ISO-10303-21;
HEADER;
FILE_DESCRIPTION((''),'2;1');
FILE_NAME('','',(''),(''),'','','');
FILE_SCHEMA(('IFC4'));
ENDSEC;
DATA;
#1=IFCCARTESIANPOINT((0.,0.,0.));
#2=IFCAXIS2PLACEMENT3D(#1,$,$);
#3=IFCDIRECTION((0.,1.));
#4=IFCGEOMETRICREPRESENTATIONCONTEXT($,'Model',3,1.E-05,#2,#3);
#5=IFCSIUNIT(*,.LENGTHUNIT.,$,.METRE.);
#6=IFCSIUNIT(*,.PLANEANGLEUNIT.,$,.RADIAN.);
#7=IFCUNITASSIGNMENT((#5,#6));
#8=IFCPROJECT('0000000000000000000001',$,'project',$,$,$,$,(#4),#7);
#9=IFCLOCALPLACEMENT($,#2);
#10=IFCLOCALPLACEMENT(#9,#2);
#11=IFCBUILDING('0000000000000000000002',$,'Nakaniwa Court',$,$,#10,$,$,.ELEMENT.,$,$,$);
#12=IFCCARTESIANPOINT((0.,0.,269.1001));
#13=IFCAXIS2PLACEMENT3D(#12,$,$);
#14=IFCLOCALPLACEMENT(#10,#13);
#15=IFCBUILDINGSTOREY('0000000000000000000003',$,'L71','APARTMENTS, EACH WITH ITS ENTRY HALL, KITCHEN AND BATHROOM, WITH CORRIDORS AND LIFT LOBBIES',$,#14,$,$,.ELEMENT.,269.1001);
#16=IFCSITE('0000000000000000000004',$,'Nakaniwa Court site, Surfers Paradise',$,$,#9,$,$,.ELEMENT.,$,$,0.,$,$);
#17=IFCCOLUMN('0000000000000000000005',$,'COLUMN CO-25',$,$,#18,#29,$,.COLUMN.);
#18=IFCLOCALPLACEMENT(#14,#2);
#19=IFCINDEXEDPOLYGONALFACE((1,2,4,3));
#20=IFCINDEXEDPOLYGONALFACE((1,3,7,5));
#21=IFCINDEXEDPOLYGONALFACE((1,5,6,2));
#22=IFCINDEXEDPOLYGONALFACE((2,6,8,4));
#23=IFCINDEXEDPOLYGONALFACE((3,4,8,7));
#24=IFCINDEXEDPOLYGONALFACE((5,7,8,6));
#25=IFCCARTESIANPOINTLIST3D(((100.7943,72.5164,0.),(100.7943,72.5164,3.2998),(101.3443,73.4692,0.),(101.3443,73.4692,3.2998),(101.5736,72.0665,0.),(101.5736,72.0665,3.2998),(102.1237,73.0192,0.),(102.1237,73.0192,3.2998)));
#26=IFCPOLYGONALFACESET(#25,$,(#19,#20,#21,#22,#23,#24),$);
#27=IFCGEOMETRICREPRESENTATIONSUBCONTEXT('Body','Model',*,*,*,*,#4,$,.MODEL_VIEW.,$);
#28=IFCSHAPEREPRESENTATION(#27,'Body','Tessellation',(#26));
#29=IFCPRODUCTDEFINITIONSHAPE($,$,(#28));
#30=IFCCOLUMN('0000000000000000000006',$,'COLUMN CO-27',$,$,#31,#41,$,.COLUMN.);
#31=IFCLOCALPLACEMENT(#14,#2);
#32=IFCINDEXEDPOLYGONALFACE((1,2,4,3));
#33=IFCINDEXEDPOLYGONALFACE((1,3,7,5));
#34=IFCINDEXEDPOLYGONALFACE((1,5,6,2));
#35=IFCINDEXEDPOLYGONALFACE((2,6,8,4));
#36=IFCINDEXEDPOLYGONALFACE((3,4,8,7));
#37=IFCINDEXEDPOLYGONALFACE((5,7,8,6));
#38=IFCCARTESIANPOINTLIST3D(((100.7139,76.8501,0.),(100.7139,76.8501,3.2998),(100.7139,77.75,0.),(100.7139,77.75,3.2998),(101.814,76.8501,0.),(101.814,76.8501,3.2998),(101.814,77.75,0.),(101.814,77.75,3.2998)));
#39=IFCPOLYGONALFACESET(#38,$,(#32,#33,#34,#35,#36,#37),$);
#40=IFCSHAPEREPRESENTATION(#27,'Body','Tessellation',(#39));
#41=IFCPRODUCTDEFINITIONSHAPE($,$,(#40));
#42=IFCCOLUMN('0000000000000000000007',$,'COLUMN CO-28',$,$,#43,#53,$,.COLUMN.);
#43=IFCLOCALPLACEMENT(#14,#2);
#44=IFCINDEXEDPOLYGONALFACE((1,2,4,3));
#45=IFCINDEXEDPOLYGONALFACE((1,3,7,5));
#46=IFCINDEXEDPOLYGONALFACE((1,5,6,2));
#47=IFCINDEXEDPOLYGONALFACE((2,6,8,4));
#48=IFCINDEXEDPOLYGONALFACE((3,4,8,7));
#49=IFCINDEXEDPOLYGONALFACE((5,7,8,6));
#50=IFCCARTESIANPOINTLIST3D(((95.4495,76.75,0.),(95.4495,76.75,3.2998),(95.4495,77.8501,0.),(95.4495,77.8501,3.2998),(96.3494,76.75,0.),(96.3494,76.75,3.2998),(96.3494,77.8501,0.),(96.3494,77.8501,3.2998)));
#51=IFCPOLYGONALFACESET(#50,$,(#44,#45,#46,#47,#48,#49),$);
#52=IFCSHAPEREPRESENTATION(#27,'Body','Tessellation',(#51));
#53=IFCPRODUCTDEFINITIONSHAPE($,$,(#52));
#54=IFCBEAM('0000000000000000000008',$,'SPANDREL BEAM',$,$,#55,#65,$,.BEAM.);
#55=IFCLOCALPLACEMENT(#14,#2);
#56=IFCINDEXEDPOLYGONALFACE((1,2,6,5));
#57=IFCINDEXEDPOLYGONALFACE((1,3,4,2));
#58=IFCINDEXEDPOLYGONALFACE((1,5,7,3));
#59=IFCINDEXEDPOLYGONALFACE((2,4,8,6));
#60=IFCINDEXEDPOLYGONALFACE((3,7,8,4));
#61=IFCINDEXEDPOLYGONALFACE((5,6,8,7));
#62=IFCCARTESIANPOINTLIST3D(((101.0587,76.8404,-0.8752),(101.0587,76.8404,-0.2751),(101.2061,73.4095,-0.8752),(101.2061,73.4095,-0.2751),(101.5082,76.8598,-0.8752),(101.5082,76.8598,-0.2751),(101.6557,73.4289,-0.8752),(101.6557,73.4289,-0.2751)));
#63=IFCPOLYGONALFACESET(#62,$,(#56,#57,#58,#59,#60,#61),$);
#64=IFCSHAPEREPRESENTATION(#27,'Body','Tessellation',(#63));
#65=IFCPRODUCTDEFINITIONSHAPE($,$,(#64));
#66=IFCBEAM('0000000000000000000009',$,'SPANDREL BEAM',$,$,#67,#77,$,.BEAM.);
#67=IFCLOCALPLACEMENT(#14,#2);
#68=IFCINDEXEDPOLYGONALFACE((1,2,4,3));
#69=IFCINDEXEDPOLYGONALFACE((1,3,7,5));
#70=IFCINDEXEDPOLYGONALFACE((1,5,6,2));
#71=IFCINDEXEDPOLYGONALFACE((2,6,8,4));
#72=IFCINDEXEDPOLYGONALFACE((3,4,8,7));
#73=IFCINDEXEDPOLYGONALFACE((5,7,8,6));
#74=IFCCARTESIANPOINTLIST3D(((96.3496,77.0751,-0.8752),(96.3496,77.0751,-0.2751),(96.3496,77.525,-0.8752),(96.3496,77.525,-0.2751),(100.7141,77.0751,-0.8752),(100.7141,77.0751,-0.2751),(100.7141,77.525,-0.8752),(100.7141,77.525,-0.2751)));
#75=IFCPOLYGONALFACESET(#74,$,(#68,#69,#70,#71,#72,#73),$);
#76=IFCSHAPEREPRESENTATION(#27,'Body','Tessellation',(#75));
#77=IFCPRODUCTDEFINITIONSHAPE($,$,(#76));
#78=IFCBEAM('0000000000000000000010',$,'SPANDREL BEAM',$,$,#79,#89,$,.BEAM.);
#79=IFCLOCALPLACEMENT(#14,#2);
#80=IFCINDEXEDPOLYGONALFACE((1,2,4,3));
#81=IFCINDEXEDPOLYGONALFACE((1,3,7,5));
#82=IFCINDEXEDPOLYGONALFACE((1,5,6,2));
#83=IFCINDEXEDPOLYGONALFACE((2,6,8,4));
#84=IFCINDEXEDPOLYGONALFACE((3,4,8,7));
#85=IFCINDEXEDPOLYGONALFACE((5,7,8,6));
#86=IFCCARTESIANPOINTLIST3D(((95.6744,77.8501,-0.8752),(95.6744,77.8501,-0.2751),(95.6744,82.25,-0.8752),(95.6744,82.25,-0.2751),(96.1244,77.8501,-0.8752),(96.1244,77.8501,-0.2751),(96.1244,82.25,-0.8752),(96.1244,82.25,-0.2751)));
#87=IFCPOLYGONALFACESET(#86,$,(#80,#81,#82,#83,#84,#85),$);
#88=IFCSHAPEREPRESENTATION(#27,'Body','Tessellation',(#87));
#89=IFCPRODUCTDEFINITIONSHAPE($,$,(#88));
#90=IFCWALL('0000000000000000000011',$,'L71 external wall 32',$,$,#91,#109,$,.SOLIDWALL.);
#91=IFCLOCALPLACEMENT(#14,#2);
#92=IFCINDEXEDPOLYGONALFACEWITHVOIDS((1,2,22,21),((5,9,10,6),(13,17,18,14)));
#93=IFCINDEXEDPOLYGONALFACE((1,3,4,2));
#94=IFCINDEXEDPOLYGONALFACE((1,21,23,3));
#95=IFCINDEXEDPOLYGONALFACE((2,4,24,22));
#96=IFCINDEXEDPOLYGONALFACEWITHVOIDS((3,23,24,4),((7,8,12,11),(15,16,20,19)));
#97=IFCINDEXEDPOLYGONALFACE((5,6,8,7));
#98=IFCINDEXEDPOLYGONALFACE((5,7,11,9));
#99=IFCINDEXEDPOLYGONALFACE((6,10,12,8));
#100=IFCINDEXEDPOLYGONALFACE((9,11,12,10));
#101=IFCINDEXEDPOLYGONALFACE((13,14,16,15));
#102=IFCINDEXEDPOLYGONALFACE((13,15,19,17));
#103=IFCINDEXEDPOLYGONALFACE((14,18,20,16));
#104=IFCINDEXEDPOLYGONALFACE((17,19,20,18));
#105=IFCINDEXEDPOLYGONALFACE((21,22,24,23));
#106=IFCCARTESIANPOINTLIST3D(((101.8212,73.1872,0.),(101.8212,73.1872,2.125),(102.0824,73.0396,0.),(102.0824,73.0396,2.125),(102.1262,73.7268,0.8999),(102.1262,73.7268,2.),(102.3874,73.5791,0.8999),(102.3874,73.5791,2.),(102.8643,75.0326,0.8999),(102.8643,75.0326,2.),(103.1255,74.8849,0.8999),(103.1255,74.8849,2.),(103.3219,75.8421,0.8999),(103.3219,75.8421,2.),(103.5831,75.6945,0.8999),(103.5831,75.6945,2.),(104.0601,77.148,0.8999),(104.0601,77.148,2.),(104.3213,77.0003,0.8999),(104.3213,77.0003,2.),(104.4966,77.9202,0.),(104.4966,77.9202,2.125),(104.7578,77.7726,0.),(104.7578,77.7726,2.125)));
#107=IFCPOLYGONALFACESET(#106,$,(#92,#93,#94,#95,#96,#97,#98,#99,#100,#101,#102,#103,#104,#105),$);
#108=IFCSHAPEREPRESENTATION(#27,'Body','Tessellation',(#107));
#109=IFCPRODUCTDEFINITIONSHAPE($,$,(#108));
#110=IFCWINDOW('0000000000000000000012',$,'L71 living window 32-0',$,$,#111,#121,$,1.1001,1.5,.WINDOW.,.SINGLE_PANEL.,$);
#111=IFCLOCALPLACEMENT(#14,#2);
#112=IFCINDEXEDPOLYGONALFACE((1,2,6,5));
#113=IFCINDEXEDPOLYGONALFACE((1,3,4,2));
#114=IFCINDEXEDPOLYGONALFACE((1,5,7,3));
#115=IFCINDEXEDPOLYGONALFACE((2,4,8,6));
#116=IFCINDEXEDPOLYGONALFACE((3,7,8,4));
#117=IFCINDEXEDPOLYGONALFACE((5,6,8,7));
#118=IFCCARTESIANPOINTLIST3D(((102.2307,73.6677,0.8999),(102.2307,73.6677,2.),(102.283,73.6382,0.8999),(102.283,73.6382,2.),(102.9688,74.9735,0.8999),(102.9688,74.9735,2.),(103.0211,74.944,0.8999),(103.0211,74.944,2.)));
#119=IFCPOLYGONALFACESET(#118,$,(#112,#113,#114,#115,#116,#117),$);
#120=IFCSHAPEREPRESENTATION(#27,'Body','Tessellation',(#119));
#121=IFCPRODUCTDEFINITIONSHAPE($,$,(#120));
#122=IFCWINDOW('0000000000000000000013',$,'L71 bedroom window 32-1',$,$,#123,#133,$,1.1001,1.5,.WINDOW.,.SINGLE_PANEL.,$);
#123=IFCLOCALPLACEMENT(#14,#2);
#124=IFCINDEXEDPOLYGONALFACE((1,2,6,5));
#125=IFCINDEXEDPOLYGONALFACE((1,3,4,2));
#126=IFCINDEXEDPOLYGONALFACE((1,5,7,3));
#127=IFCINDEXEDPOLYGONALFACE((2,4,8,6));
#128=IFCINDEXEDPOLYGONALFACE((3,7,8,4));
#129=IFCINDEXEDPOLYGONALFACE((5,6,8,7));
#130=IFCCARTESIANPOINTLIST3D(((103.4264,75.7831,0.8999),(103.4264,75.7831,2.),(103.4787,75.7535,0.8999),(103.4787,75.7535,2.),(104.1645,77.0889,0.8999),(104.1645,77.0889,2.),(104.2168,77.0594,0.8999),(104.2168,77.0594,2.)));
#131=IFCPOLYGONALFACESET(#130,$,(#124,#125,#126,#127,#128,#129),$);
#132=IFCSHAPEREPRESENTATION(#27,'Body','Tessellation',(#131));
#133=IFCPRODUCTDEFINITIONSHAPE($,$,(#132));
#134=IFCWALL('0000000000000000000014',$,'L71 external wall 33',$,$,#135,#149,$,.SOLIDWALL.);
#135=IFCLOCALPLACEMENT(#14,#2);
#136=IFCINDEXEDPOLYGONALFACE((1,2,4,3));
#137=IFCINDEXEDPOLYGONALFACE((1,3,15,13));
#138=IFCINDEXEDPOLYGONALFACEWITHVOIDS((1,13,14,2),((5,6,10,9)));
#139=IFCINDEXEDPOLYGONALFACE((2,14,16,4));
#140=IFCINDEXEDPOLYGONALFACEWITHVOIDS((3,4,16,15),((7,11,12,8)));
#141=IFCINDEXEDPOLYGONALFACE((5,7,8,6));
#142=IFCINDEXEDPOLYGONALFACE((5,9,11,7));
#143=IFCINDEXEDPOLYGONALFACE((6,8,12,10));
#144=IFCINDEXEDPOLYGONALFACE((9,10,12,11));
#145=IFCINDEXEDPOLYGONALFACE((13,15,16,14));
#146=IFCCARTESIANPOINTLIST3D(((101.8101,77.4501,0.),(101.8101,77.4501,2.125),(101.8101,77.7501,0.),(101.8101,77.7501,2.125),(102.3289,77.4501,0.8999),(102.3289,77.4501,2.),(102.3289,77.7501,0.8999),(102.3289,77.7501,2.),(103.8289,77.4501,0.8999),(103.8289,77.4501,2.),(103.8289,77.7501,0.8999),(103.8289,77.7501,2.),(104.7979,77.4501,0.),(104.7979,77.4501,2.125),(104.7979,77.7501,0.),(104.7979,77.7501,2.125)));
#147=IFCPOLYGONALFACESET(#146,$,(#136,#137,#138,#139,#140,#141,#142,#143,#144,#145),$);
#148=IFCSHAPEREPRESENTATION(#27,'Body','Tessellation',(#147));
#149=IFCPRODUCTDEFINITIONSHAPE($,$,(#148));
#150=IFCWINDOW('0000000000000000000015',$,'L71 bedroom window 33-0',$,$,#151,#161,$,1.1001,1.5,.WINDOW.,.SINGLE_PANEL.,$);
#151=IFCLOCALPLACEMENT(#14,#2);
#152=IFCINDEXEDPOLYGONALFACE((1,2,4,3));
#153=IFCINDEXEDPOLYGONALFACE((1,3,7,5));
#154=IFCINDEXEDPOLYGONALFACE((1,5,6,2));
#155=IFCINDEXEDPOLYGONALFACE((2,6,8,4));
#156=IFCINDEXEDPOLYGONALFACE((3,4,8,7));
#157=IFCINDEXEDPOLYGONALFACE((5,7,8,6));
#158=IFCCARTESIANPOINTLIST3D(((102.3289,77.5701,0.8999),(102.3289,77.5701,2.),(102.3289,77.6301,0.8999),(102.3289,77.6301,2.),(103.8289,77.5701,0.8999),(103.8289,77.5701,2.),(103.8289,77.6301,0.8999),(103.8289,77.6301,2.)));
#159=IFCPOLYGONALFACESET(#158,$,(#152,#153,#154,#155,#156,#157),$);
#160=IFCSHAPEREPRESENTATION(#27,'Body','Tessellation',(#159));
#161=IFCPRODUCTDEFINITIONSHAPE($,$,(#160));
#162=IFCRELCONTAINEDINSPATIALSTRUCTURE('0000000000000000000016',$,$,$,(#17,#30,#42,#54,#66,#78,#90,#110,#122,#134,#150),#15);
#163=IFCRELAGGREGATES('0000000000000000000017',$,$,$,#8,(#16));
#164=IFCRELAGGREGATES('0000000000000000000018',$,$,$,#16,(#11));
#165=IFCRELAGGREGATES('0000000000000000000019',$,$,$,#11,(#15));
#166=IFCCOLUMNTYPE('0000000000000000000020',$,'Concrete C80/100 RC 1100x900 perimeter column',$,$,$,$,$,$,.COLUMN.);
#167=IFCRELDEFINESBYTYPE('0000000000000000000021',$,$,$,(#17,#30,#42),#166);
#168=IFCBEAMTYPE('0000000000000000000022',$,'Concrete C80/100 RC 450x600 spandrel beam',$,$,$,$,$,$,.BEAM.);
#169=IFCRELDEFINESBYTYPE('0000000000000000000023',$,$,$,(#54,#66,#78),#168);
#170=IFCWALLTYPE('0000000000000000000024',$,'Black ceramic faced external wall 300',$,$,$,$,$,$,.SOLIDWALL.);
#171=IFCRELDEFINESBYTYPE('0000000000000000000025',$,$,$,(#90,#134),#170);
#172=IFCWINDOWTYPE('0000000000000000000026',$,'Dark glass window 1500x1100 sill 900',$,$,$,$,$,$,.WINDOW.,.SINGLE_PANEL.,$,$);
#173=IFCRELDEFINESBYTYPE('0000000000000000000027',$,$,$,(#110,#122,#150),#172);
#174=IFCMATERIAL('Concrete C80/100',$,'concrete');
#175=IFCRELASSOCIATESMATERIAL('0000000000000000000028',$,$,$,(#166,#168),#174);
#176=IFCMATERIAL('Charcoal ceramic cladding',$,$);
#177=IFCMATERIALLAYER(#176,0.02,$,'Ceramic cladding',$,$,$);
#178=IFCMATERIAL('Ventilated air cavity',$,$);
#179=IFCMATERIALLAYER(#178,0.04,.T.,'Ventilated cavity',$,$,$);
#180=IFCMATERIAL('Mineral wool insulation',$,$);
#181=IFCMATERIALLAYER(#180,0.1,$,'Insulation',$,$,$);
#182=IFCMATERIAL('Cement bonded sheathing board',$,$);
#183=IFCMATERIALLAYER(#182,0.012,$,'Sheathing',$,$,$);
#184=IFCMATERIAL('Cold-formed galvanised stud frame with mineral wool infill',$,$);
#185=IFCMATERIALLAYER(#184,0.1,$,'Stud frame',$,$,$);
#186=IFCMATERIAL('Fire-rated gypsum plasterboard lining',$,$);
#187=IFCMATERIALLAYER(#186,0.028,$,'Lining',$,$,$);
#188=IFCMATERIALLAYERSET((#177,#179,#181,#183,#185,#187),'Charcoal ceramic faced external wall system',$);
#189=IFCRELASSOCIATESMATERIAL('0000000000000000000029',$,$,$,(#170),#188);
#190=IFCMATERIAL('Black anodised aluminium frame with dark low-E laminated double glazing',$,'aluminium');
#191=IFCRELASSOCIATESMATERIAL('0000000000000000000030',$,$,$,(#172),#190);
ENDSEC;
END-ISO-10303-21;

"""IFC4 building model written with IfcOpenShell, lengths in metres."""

from ifc_helpers import new_model, si_unit, direction, frame, frame_2d, origin, origin_2d, place, context, subcontext, project, spatial, rectangle, extrude, material, layer, layer_set, material_profile, profile_set, type_object, element, fill, save


model = new_model("IFC4")

# Units and contexts
model_context = context("Model", 3, precision=1e-05, world=origin(), true_north=direction((0.0, 1.0)))
body_context = subcontext(model_context, "Body", "Model", "MODEL_VIEW")
ifc_project = project(units=[si_unit("LENGTHUNIT", "METRE"), si_unit("PLANEANGLEUNIT", "RADIAN")], contexts=[model_context])

# Site, building, storey
site_placement = place(None, origin())
site = spatial("IfcSite", under=ifc_project, at=site_placement, Name="Nakaniwa Court site, Surfers Paradise", CompositionType="ELEMENT", RefElevation=0.0)
building_placement = place(site_placement, origin())
building = spatial("IfcBuilding", under=site, at=building_placement, Name="Nakaniwa Court", CompositionType="ELEMENT")
storey_placement = place(building_placement, frame((0.0, 0.0, 269.1001)))
storey = spatial("IfcBuildingStorey", under=building, at=storey_placement, Name="L71", Description="APARTMENTS, EACH WITH ITS ENTRY HALL, KITCHEN AND BATHROOM, WITH CORRIDORS AND LIFT LOBBIES", CompositionType="ELEMENT", Elevation=269.1001)

# Columns
ifc_material_1 = material(Name="Concrete C80/100", Category="concrete")
ifc_material_profile_1 = material_profile(ifc_material_1, rectangle(XDim=1.1001, YDim=0.8999, at=origin_2d()), Name="Concrete C80/100 RC 1100x900 perimeter column")
ifc_profile_set_1 = profile_set([ifc_material_profile_1], Name="Concrete C80/100")
column_type = type_object("IfcColumnType", Name="Concrete C80/100 RC 1100x900 perimeter column", PredefinedType="COLUMN", material=ifc_profile_set_1)
for number, where, z_axis, x_axis, name in (
    (1, (101.459, 72.7678, 0.0), (0.0, 0.0, 1.0), (0.5, 0.866025, 0.0), "COLUMN CO-25"),
    (2, (101.2639, 77.3, 0.0), (0.0, 0.0, 1.0), (-1.0, 0.0, 0.0), "COLUMN CO-27"),
    (3, (95.8994, 77.3, 0.0), (0.0, 0.0, 1.0), (0.0, 1.0, 0.0), "COLUMN CO-28"),
):
    element("IfcColumn", number, at=place(storey_placement, frame(where, z_axis=z_axis, x_axis=x_axis)), inside=storey, type_object=column_type, Name=name, PredefinedType="COLUMN", context=body_context, shape_type="SweptSolid", body=[
        extrude(rectangle(XDim=1.1001, YDim=0.8999, at=origin_2d()), origin(), (0.0, 0.0, 1.0), 3.2998),
    ])

# Beams
ifc_material_profile_2 = material_profile(ifc_material_1, rectangle(XDim=0.45, YDim=0.6001, at=origin_2d()), Name="Concrete C80/100 RC 450x600 spandrel beam")
ifc_profile_set_2 = profile_set([ifc_material_profile_2], Name="Concrete C80/100")
beam_type = type_object("IfcBeamType", Name="Concrete C80/100 RC 450x600 spandrel beam", PredefinedType="BEAM", material=ifc_profile_set_2)
beam_1_placement = place(storey_placement, frame((101.4309, 73.4192, -0.5752), z_axis=(-0.042941, 0.999078, 0.0), x_axis=(-0.999078, -0.042941, 0.0)))
element("IfcBeam", 4, at=beam_1_placement, inside=storey, type_object=beam_type, Name="SPANDREL BEAM", PredefinedType="BEAM", context=body_context, shape_type="SweptSolid", body=[
    extrude(rectangle(XDim=0.45, YDim=0.6001, at=origin_2d()), origin(), (0.0, 0.0, 1.0), 3.4341),
])
beam_2_placement = place(storey_placement, frame((100.7141, 77.3, -0.5752), z_axis=(-1.0, 0.0, 0.0), x_axis=(0.0, -1.0, 0.0)))
element("IfcBeam", 5, at=beam_2_placement, inside=storey, type_object=beam_type, Name="SPANDREL BEAM", PredefinedType="BEAM", context=body_context, shape_type="SweptSolid", body=[
    extrude(rectangle(XDim=0.45, YDim=0.6001, at=origin_2d()), origin(), (0.0, 0.0, 1.0), 4.3645),
])
beam_3_placement = place(storey_placement, frame((95.8994, 77.8501, -0.5752), z_axis=(0.0, 1.0, 0.0), x_axis=(-1.0, 0.0, 0.0)))
element("IfcBeam", 6, at=beam_3_placement, inside=storey, type_object=beam_type, Name="SPANDREL BEAM", PredefinedType="BEAM", context=body_context, shape_type="SweptSolid", body=[
    extrude(rectangle(XDim=0.45, YDim=0.6001, at=origin_2d()), origin(), (0.0, 0.0, 1.0), 4.3999),
])

# Wall, openings, windows
ifc_material_2 = material(Name="Charcoal ceramic cladding")
ifc_layer_1 = layer(ifc_material_2, 0.02, Name="Ceramic cladding")
ifc_material_3 = material(Name="Ventilated air cavity")
ifc_layer_2 = layer(ifc_material_3, 0.04, ventilated=True, Name="Ventilated cavity")
ifc_material_4 = material(Name="Mineral wool insulation")
ifc_layer_3 = layer(ifc_material_4, 0.1, Name="Insulation")
ifc_material_5 = material(Name="Cement bonded sheathing board")
ifc_layer_4 = layer(ifc_material_5, 0.012, Name="Sheathing")
ifc_material_6 = material(Name="Cold-formed galvanised stud frame with mineral wool infill")
ifc_layer_5 = layer(ifc_material_6, 0.1, Name="Stud frame")
ifc_material_7 = material(Name="Fire-rated gypsum plasterboard lining")
ifc_layer_6 = layer(ifc_material_7, 0.028, Name="Lining")
ifc_layer_set = layer_set([ifc_layer_1, ifc_layer_2, ifc_layer_3, ifc_layer_4, ifc_layer_5, ifc_layer_6], Name="Charcoal ceramic faced external wall system")
wall_type = type_object("IfcWallType", Name="Black ceramic faced external wall 300", PredefinedType="SOLIDWALL", material=ifc_layer_set)
wall_1_placement = place(storey_placement, frame((101.9519, 73.1135, 0.0), z_axis=(0.0, 0.0, 1.0), x_axis=(0.492081, 0.870549, 0.0)))
wall_1 = element("IfcWall", 7, at=wall_1_placement, inside=storey, type_object=wall_type, Name="L71 external wall 32", PredefinedType="SOLIDWALL", context=body_context, shape_type="SweptSolid", body=[
    extrude(rectangle(XDim=5.4368, YDim=0.3, at=frame_2d((2.7183, 0.0))), origin(), (0.0, 0.0, 1.0), 2.125),
])
opening_1_placement = place(wall_1_placement, frame((0.6196, 0.0, 0.8999)))
opening_1 = element("IfcOpeningElement", 8, at=opening_1_placement, cuts=wall_1, PredefinedType="OPENING", context=body_context, shape_type="SweptSolid", body=[
    extrude(rectangle(XDim=1.5, YDim=1.1001, at=frame_2d((0.75, 0.55))), frame((0.0, 0.1599, 0.0), z_axis=(0.0, -1.0, 0.0), x_axis=(1.0, 0.0, 0.0)), (0.0, 0.0, 1.0), 0.3201),
])
opening_2_placement = place(wall_1_placement, frame((3.0496, 0.0, 0.8999)))
opening_2 = element("IfcOpeningElement", 9, at=opening_2_placement, cuts=wall_1, PredefinedType="OPENING", context=body_context, shape_type="SweptSolid", body=[
    extrude(rectangle(XDim=1.5, YDim=1.1001, at=frame_2d((0.75, 0.55))), frame((0.0, 0.1599, 0.0), z_axis=(0.0, -1.0, 0.0), x_axis=(1.0, 0.0, 0.0)), (0.0, 0.0, 1.0), 0.3201),
])
ifc_material_8 = material(Name="Black anodised aluminium frame with dark low-E laminated double glazing", Category="aluminium")
window_type_1 = type_object("IfcWindowType", Name="Dark glass window 1500x1100 sill 900", PartitioningType="SINGLE_PANEL", PredefinedType="WINDOW", material=ifc_material_8)
window_1_placement = place(opening_1_placement, origin())
window_1 = element("IfcWindow", 10, at=window_1_placement, inside=storey, type_object=window_type_1, Name="L71 living window 32-0", OverallHeight=1.1001, OverallWidth=1.5, PartitioningType="SINGLE_PANEL", PredefinedType="WINDOW", context=body_context, shape_type="SweptSolid", body=[
    extrude(rectangle(XDim=1.5, YDim=1.1001, at=frame_2d((0.75, 0.55))), frame((0.0, 0.03, 0.0), z_axis=(0.0, -1.0, 0.0), x_axis=(1.0, 0.0, 0.0)), (0.0, 0.0, 1.0), 0.0601),
])
fill(opening_1, window_1)
window_2_placement = place(opening_2_placement, origin())
window_2 = element("IfcWindow", 11, at=window_2_placement, inside=storey, type_object=window_type_1, Name="L71 bedroom window 32-1", OverallHeight=1.1001, OverallWidth=1.5, PartitioningType="SINGLE_PANEL", PredefinedType="WINDOW", context=body_context, shape_type="SweptSolid", body=[
    extrude(rectangle(XDim=1.5, YDim=1.1001, at=frame_2d((0.75, 0.55))), frame((0.0, 0.03, 0.0), z_axis=(0.0, -1.0, 0.0), x_axis=(1.0, 0.0, 0.0)), (0.0, 0.0, 1.0), 0.0601),
])
fill(opening_2, window_2)

# Wall, opening, window
wall_2_placement = place(storey_placement, frame((104.7979, 77.6001, 0.0), z_axis=(0.0, 0.0, 1.0), x_axis=(-1.0, 0.0, 0.0)))
wall_2 = element("IfcWall", 12, at=wall_2_placement, inside=storey, type_object=wall_type, Name="L71 external wall 33", PredefinedType="SOLIDWALL", context=body_context, shape_type="SweptSolid", body=[
    extrude(rectangle(XDim=2.9878, YDim=0.3, at=frame_2d((1.4939, 0.0))), origin(), (0.0, 0.0, 1.0), 2.125),
])
opening_3_placement = place(wall_2_placement, frame((0.969, 0.0, 0.8999)))
opening_3 = element("IfcOpeningElement", 13, at=opening_3_placement, cuts=wall_2, PredefinedType="OPENING", context=body_context, shape_type="SweptSolid", body=[
    extrude(rectangle(XDim=1.5, YDim=1.1001, at=frame_2d((0.75, 0.55))), frame((0.0, 0.1599, 0.0), z_axis=(0.0, -1.0, 0.0), x_axis=(1.0, 0.0, 0.0)), (0.0, 0.0, 1.0), 0.3201),
])
window_3_placement = place(opening_3_placement, origin())
window_3 = element("IfcWindow", 14, at=window_3_placement, inside=storey, type_object=window_type_1, Name="L71 bedroom window 33-0", OverallHeight=1.1001, OverallWidth=1.5, PartitioningType="SINGLE_PANEL", PredefinedType="WINDOW", context=body_context, shape_type="SweptSolid", body=[
    extrude(rectangle(XDim=1.5, YDim=1.1001, at=frame_2d((0.75, 0.55))), frame((0.0, 0.03, 0.0), z_axis=(0.0, -1.0, 0.0), x_axis=(1.0, 0.0, 0.0)), (0.0, 0.0, 1.0), 0.0601),
])
fill(opening_3, window_3)

save(model, "model.ifc")
